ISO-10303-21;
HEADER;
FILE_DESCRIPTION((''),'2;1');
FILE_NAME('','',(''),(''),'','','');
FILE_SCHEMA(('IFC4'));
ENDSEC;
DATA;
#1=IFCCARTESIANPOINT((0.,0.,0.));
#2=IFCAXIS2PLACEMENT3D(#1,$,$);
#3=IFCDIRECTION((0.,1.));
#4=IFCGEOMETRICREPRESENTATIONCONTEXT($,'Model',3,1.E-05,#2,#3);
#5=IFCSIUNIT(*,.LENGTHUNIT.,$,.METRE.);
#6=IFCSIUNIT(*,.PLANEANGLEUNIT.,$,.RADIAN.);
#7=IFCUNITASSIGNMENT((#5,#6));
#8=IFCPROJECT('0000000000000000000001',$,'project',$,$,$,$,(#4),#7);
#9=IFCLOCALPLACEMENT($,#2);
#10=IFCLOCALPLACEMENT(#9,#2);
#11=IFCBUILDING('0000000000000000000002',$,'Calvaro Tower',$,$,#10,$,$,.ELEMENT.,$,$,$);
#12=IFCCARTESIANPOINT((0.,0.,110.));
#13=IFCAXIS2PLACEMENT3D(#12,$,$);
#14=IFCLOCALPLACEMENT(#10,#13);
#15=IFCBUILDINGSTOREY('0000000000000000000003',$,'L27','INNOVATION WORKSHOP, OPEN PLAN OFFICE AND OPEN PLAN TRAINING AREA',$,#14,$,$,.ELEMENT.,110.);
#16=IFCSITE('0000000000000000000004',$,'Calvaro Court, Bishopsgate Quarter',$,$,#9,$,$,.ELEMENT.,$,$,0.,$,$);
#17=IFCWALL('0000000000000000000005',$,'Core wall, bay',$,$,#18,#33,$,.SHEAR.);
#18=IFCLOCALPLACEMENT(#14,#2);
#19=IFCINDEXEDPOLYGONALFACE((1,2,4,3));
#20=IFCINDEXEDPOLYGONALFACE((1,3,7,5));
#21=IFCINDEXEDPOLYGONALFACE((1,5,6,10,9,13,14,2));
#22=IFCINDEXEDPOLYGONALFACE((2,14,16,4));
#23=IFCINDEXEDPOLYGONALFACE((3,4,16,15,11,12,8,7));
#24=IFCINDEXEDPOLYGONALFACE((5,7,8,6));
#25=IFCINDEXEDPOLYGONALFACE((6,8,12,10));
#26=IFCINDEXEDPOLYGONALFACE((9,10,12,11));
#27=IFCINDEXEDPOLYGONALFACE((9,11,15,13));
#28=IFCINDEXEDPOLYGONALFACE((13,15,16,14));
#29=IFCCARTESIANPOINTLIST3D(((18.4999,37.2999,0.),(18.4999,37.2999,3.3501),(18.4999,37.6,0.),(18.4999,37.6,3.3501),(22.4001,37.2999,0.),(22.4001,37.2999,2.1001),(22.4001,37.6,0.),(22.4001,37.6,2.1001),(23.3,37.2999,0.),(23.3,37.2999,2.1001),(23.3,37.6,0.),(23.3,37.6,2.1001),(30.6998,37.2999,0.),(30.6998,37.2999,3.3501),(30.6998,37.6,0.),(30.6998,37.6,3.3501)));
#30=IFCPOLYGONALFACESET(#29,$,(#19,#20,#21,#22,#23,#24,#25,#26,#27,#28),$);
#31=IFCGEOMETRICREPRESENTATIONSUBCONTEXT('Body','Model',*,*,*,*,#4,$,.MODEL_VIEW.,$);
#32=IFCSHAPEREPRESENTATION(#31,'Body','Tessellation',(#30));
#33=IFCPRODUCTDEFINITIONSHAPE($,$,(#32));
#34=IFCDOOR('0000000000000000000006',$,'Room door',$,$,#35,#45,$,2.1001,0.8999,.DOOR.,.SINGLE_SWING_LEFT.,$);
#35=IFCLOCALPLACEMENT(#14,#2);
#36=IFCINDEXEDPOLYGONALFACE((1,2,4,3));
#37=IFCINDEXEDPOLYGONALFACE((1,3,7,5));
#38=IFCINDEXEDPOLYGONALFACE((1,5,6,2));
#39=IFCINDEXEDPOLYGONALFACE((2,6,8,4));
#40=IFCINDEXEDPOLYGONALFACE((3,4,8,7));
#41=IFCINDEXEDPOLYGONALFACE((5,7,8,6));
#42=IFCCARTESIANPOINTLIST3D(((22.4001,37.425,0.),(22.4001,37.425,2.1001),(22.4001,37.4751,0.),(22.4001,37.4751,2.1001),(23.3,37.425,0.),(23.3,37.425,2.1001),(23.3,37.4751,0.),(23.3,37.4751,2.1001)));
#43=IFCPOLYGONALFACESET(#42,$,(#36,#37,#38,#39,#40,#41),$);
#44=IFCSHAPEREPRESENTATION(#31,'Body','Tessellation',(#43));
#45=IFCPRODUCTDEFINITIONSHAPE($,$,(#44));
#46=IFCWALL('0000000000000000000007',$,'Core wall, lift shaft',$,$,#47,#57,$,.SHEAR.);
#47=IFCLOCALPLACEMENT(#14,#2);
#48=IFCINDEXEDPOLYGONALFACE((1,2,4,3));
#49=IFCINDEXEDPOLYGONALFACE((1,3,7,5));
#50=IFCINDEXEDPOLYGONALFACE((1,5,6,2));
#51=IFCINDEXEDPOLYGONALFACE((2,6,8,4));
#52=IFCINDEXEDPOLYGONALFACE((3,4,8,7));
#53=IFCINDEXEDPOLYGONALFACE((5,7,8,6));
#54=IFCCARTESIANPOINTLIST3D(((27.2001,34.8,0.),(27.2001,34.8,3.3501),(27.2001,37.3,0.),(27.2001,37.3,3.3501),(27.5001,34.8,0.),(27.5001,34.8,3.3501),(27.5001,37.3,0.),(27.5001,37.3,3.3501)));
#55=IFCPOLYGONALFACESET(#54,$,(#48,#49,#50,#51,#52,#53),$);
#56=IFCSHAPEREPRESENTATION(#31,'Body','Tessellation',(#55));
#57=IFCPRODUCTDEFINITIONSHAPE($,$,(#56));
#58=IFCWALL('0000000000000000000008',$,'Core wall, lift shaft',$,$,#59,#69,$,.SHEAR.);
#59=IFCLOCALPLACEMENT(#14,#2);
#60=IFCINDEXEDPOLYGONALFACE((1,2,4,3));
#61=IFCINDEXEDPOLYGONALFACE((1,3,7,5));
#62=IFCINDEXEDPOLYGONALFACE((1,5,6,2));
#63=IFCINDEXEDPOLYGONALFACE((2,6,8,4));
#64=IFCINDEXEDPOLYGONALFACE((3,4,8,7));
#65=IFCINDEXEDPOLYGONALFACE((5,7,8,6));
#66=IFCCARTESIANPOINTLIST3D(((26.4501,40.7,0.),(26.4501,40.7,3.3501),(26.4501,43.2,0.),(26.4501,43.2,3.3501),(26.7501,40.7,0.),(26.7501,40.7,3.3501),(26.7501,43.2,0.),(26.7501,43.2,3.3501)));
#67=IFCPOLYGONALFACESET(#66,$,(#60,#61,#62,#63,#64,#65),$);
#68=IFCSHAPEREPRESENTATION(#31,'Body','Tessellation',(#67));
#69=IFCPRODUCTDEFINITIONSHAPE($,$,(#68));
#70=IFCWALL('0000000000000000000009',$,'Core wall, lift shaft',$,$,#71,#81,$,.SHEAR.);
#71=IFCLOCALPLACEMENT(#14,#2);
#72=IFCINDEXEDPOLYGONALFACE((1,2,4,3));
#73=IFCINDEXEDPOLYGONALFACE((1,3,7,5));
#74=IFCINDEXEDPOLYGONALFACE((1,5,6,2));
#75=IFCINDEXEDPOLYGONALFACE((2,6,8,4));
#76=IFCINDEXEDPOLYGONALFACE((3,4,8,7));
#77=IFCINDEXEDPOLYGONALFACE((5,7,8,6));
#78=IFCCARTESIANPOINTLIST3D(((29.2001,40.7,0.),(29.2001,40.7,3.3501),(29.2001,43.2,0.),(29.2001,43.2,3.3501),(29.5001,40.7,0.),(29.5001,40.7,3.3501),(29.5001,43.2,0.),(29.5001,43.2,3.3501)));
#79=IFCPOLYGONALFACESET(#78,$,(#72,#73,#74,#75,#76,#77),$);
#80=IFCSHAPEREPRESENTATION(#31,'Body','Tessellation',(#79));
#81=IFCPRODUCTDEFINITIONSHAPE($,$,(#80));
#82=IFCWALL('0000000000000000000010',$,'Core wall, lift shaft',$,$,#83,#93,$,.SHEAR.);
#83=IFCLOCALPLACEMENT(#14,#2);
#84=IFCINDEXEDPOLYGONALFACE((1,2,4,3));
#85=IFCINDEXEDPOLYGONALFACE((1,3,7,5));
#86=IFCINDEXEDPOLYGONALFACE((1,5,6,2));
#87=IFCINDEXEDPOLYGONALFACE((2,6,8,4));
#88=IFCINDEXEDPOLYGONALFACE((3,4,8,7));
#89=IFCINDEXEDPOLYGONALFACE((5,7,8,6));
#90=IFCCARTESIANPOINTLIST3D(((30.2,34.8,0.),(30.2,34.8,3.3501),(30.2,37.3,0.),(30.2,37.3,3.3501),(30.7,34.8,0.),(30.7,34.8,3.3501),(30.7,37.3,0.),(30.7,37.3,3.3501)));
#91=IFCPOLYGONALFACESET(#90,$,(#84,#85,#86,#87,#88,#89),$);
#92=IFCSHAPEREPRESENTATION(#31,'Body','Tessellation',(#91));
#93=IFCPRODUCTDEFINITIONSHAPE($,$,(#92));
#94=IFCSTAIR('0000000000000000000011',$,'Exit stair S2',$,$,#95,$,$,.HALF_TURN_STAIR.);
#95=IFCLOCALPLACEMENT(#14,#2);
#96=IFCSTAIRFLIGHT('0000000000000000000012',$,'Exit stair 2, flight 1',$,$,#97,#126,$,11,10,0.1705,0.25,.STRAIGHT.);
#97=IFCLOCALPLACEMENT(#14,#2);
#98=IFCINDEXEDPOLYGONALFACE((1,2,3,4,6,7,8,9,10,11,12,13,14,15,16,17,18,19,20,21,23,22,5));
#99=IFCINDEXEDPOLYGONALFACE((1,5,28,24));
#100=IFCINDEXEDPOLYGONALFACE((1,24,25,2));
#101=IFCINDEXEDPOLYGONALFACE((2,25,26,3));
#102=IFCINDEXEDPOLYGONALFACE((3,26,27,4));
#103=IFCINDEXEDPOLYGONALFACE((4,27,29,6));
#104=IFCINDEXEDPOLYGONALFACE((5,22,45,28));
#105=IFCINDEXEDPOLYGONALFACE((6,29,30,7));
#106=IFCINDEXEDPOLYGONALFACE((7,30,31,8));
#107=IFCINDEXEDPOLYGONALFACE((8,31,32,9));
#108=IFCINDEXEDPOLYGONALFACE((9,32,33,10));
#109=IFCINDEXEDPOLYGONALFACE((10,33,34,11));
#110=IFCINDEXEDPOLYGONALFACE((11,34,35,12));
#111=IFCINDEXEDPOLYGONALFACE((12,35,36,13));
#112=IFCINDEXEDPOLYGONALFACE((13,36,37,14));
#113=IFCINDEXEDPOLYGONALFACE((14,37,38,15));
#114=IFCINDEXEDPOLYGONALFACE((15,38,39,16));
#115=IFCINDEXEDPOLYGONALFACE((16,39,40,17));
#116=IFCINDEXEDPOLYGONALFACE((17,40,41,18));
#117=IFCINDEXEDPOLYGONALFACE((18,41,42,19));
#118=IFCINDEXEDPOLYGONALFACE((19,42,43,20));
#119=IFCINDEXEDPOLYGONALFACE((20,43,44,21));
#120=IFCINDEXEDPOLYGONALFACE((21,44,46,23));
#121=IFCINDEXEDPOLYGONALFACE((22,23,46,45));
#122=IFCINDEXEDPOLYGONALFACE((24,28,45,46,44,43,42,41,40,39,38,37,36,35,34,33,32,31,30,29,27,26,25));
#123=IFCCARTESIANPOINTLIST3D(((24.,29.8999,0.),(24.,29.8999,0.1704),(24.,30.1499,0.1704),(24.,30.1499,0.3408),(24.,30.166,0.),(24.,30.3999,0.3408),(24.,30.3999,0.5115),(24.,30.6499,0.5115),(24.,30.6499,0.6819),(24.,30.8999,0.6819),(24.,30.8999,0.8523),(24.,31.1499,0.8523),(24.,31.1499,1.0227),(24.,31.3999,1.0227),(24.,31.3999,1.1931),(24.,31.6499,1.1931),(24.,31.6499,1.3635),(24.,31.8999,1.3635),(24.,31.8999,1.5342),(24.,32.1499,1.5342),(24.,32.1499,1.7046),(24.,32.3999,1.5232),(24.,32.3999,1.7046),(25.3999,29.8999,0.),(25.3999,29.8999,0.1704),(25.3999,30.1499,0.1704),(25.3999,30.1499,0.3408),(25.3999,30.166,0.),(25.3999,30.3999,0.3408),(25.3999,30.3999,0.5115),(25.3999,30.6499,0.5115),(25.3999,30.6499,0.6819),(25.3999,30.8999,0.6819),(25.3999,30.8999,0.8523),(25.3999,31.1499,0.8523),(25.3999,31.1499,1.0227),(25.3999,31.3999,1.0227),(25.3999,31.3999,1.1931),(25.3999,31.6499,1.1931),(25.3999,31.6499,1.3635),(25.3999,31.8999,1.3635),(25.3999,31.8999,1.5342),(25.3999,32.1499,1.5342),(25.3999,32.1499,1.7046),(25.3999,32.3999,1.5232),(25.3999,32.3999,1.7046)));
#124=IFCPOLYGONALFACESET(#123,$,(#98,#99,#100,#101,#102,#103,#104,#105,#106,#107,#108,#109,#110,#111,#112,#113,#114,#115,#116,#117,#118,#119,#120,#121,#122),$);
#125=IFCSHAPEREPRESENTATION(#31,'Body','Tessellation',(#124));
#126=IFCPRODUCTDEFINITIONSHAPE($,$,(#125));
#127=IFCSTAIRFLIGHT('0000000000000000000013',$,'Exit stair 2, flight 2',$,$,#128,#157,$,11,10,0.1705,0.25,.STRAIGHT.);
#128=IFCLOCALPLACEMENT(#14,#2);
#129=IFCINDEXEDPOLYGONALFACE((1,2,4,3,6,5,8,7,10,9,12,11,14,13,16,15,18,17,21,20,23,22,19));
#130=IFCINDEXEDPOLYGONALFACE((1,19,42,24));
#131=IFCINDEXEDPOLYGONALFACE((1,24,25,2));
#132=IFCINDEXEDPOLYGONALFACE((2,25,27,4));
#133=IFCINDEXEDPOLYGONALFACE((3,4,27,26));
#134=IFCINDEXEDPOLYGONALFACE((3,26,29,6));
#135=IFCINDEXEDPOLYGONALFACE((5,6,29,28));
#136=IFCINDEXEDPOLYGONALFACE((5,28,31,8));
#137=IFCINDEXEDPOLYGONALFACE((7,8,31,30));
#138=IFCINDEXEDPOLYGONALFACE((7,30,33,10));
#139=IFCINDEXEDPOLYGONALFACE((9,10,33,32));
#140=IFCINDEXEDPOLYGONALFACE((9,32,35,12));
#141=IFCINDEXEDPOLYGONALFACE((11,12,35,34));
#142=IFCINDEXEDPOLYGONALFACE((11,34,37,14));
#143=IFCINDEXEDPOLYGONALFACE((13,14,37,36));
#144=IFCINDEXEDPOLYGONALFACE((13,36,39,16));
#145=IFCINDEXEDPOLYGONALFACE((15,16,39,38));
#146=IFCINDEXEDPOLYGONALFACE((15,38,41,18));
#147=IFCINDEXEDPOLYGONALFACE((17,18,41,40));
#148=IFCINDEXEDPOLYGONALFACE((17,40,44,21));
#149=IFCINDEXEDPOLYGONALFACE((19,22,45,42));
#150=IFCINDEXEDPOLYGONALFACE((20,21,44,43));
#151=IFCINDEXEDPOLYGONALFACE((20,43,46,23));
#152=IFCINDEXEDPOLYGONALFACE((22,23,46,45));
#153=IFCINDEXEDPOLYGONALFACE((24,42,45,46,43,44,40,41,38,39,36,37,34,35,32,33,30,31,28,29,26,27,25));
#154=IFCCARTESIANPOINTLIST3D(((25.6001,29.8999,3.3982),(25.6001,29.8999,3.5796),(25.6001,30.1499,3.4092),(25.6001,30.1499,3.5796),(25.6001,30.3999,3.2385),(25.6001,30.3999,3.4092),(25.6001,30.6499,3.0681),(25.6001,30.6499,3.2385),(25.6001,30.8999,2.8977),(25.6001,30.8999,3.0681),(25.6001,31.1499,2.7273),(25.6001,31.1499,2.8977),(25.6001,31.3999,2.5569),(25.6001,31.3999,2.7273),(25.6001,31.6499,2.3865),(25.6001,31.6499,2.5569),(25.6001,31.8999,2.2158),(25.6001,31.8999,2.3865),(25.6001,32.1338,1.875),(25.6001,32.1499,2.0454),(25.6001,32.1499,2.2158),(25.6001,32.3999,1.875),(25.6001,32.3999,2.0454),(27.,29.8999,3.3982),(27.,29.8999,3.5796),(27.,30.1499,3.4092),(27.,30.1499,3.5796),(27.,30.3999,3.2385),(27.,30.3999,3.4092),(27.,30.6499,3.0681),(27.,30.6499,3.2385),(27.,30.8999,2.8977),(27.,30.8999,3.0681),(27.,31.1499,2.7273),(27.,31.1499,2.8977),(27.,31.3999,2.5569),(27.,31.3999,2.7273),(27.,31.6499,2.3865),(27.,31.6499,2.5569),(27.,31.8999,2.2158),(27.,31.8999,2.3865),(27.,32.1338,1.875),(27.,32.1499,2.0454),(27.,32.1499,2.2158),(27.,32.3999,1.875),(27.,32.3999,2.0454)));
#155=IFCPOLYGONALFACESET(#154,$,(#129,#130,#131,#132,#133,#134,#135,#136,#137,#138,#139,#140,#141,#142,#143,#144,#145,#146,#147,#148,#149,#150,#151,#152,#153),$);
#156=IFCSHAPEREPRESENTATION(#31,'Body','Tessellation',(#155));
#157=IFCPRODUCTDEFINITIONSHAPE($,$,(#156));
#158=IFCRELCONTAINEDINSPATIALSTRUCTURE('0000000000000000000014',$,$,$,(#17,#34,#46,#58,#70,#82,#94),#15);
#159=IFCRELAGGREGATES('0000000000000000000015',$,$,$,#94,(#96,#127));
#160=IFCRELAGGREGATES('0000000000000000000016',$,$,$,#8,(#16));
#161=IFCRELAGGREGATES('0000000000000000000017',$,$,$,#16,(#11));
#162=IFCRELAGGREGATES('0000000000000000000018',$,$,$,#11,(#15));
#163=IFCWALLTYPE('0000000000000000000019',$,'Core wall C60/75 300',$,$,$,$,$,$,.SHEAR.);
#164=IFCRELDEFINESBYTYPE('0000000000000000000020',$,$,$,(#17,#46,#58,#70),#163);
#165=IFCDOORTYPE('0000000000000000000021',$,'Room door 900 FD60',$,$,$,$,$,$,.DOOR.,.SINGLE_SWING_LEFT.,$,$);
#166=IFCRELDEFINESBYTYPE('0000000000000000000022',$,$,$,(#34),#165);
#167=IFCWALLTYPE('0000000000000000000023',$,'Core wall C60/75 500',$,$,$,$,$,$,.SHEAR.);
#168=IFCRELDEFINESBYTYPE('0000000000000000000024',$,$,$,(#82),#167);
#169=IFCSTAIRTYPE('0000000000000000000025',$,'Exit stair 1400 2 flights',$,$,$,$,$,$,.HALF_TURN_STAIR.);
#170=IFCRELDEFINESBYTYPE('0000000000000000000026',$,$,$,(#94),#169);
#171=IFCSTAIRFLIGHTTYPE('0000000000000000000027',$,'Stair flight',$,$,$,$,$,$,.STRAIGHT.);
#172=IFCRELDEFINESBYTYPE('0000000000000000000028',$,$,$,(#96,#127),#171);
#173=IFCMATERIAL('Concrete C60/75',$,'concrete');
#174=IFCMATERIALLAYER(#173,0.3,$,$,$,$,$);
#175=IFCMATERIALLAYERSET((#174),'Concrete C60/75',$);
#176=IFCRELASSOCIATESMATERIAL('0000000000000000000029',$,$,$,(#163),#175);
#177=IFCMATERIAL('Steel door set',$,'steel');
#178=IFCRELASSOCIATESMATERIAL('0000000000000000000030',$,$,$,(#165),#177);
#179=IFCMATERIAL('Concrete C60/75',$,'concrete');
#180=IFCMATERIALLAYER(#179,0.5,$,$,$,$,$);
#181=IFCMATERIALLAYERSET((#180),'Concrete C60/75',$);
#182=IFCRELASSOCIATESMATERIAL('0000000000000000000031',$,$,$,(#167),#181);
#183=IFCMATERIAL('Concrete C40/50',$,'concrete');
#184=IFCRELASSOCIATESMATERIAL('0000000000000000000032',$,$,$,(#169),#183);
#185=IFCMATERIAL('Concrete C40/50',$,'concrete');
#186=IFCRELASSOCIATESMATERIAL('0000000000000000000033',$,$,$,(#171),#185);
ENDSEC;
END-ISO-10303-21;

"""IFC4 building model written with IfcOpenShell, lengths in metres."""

from ifc_helpers import new_model, si_unit, direction, frame, frame_2d, origin, place, context, subcontext, project, spatial, polyline, rectangle, outline, extrude, material, layer, layer_set, type_object, element, fill, aggregate, save


model = new_model("IFC4")

# Units and contexts
model_context = context("Model", 3, precision=1e-05, world=origin(), true_north=direction((0.0, 1.0)))
body_context = subcontext(model_context, "Body", "Model", "MODEL_VIEW")
ifc_project = project(units=[si_unit("LENGTHUNIT", "METRE"), si_unit("PLANEANGLEUNIT", "RADIAN")], contexts=[model_context])

# Site, building, storey
site_placement = place(None, origin())
site = spatial("IfcSite", under=ifc_project, at=site_placement, Name="Calvaro Court, Bishopsgate Quarter", CompositionType="ELEMENT", RefElevation=0.0)
building_placement = place(site_placement, origin())
building = spatial("IfcBuilding", under=site, at=building_placement, Name="Calvaro Tower", CompositionType="ELEMENT")
storey_placement = place(building_placement, frame((0.0, 0.0, 110.0)))
storey = spatial("IfcBuildingStorey", under=building, at=storey_placement, Name="L27", Description="INNOVATION WORKSHOP, OPEN PLAN OFFICE AND OPEN PLAN TRAINING AREA", CompositionType="ELEMENT", Elevation=110.0)

# Wall, opening, door
ifc_material_1 = material(Name="Concrete C60/75", Category="concrete")
ifc_layer_1 = layer(ifc_material_1, 0.3)
ifc_layer_set_1 = layer_set([ifc_layer_1], Name="Concrete C60/75")
wall_type_1 = type_object("IfcWallType", Name="Core wall C60/75 300", PredefinedType="SHEAR", material=ifc_layer_set_1)
wall_1_placement = place(storey_placement, frame((30.7, 37.45, 0.0), z_axis=(0.0, 0.0, 1.0), x_axis=(-1.0, 0.0, 0.0)))
wall_1 = element("IfcWall", 1, at=wall_1_placement, inside=storey, type_object=wall_type_1, Name="Core wall, bay", PredefinedType="SHEAR", context=body_context, shape_type="SweptSolid", body=[
    extrude(rectangle(XDim=12.2, YDim=0.3, at=frame_2d((6.1001, 0.0))), origin(), (0.0, 0.0, 1.0), 3.3501),
])
opening_placement = place(wall_1_placement, frame((7.3999, 0.0, 0.0)))
opening = element("IfcOpeningElement", 2, at=opening_placement, cuts=wall_1, PredefinedType="OPENING", context=body_context, shape_type="SweptSolid", body=[
    extrude(rectangle(XDim=0.8999, YDim=2.1001, at=frame_2d((0.45, 1.05))), frame((0.0, 0.1599, 0.0), z_axis=(0.0, -1.0, 0.0), x_axis=(1.0, 0.0, 0.0)), (0.0, 0.0, 1.0), 0.3201),
])
ifc_material_2 = material(Name="Steel door set", Category="steel")
door_type = type_object("IfcDoorType", Name="Room door 900 FD60", OperationType="SINGLE_SWING_LEFT", PredefinedType="DOOR", material=ifc_material_2)
door_placement = place(opening_placement, origin())
door = element("IfcDoor", 3, at=door_placement, inside=storey, type_object=door_type, Name="Room door", OperationType="SINGLE_SWING_LEFT", OverallHeight=2.1001, OverallWidth=0.8999, PredefinedType="DOOR", context=body_context, shape_type="SweptSolid", body=[
    extrude(rectangle(XDim=0.8999, YDim=2.1001, at=frame_2d((0.45, 1.05))), frame((0.0, 0.0249, 0.0), z_axis=(0.0, -1.0, 0.0), x_axis=(1.0, 0.0, 0.0)), (0.0, 0.0, 1.0), 0.05),
])
fill(opening, door)

# Walls
for number, where, z_axis, x_axis, name in (
    (4, (27.3501, 34.8, 0.0), (0.0, 0.0, 1.0), (0.0, 1.0, 0.0), "Core wall, lift shaft"),
    (5, (26.6001, 40.7, 0.0), (0.0, 0.0, 1.0), (0.0, 1.0, 0.0), "Core wall, lift shaft"),
    (6, (29.3501, 40.7, 0.0), (0.0, 0.0, 1.0), (0.0, 1.0, 0.0), "Core wall, lift shaft"),
):
    element("IfcWall", number, at=place(storey_placement, frame(where, z_axis=z_axis, x_axis=x_axis)), inside=storey, type_object=wall_type_1, Name=name, PredefinedType="SHEAR", context=body_context, shape_type="SweptSolid", body=[
        extrude(rectangle(XDim=2.5, YDim=0.3, at=frame_2d((1.25, 0.0))), origin(), (0.0, 0.0, 1.0), 3.3501),
    ])
ifc_material_3 = material(Name="Concrete C60/75", Category="concrete")
ifc_layer_2 = layer(ifc_material_3, 0.5)
ifc_layer_set_2 = layer_set([ifc_layer_2], Name="Concrete C60/75")
wall_type_2 = type_object("IfcWallType", Name="Core wall C60/75 500", PredefinedType="SHEAR", material=ifc_layer_set_2)
wall_2_placement = place(storey_placement, frame((30.45, 34.8, 0.0), z_axis=(0.0, 0.0, 1.0), x_axis=(0.0, 1.0, 0.0)))
element("IfcWall", 7, at=wall_2_placement, inside=storey, type_object=wall_type_2, Name="Core wall, lift shaft", PredefinedType="SHEAR", context=body_context, shape_type="SweptSolid", body=[
    extrude(rectangle(XDim=2.5, YDim=0.5, at=frame_2d((1.25, 0.0))), origin(), (0.0, 0.0, 1.0), 3.3501),
])

# Stair, stair flights
ifc_material_4 = material(Name="Concrete C40/50", Category="concrete")
stair_type = type_object("IfcStairType", Name="Exit stair 1400 2 flights", PredefinedType="HALF_TURN_STAIR", material=ifc_material_4)
stair_placement = place(storey_placement, origin())
stair = element("IfcStair", 8, at=stair_placement, inside=storey, type_object=stair_type, Name="Exit stair S2", PredefinedType="HALF_TURN_STAIR")
ifc_material_5 = material(Name="Concrete C40/50", Category="concrete")
stair_flight_type = type_object("IfcStairFlightType", Name="Stair flight", PredefinedType="STRAIGHT", material=ifc_material_5)
stair_flight_1_placement = place(storey_placement, frame((24.7, 29.8999, 0.0), z_axis=(0.0, 0.0, 1.0), x_axis=(0.0, 1.0, 0.0)))
stair_flight_1 = element("IfcStairFlight", 9, at=stair_flight_1_placement, type_object=stair_flight_type, Name="Exit stair 2, flight 1", NumberOfRisers=11, NumberOfTreads=10, PredefinedType="STRAIGHT", RiserHeight=0.1705, TreadLength=0.25, context=body_context, shape_type="SweptSolid", body=[
    extrude(outline(polyline([(0.0, 0.0), (0.0, 0.1704), (0.25, 0.1704), (0.25, 0.3408), (0.5, 0.3408), (0.5, 0.5115), (0.75, 0.5115), (0.75, 0.6819), (1.0, 0.6819), (1.0, 0.8523), (1.25, 0.8523), (1.25, 1.0227), (1.5, 1.0227), (1.5, 1.1931), (1.75, 1.1931), (1.75, 1.3635), (2.0, 1.3635), (2.0, 1.5342), (2.25, 1.5342), (2.25, 1.7046), (2.5, 1.7046), (2.5, 1.875), (2.5, 1.5232), (0.2661, 0.0), (0.0, 0.0)])), frame((0.0, 0.7, 0.0), z_axis=(0.0, -1.0, 0.0), x_axis=(1.0, 0.0, 0.0)), (0.0, 0.0, 1.0), 1.3999),
])
stair_flight_2_placement = place(storey_placement, frame((26.3, 32.3999, 1.875), z_axis=(0.0, 0.0, 1.0), x_axis=(0.0, -1.0, 0.0)))
stair_flight_2 = element("IfcStairFlight", 10, at=stair_flight_2_placement, type_object=stair_flight_type, Name="Exit stair 2, flight 2", NumberOfRisers=11, NumberOfTreads=10, PredefinedType="STRAIGHT", RiserHeight=0.1705, TreadLength=0.25, context=body_context, shape_type="SweptSolid", body=[
    extrude(outline(polyline([(0.0, 0.0), (0.0, 0.1704), (0.25, 0.1704), (0.25, 0.3408), (0.5, 0.3408), (0.5, 0.5115), (0.75, 0.5115), (0.75, 0.6819), (1.0, 0.6819), (1.0, 0.8523), (1.25, 0.8523), (1.25, 1.0227), (1.5, 1.0227), (1.5, 1.1931), (1.75, 1.1931), (1.75, 1.3635), (2.0, 1.3635), (2.0, 1.5342), (2.25, 1.5342), (2.25, 1.7046), (2.5, 1.7046), (2.5, 1.875), (2.5, 1.5232), (0.2661, 0.0), (0.0, 0.0)])), frame((0.0, 0.7, 0.0), z_axis=(0.0, -1.0, 0.0), x_axis=(1.0, 0.0, 0.0)), (0.0, 0.0, 1.0), 1.3999),
])
aggregate(stair, [stair_flight_1, stair_flight_2])

save(model, "model.ifc")
